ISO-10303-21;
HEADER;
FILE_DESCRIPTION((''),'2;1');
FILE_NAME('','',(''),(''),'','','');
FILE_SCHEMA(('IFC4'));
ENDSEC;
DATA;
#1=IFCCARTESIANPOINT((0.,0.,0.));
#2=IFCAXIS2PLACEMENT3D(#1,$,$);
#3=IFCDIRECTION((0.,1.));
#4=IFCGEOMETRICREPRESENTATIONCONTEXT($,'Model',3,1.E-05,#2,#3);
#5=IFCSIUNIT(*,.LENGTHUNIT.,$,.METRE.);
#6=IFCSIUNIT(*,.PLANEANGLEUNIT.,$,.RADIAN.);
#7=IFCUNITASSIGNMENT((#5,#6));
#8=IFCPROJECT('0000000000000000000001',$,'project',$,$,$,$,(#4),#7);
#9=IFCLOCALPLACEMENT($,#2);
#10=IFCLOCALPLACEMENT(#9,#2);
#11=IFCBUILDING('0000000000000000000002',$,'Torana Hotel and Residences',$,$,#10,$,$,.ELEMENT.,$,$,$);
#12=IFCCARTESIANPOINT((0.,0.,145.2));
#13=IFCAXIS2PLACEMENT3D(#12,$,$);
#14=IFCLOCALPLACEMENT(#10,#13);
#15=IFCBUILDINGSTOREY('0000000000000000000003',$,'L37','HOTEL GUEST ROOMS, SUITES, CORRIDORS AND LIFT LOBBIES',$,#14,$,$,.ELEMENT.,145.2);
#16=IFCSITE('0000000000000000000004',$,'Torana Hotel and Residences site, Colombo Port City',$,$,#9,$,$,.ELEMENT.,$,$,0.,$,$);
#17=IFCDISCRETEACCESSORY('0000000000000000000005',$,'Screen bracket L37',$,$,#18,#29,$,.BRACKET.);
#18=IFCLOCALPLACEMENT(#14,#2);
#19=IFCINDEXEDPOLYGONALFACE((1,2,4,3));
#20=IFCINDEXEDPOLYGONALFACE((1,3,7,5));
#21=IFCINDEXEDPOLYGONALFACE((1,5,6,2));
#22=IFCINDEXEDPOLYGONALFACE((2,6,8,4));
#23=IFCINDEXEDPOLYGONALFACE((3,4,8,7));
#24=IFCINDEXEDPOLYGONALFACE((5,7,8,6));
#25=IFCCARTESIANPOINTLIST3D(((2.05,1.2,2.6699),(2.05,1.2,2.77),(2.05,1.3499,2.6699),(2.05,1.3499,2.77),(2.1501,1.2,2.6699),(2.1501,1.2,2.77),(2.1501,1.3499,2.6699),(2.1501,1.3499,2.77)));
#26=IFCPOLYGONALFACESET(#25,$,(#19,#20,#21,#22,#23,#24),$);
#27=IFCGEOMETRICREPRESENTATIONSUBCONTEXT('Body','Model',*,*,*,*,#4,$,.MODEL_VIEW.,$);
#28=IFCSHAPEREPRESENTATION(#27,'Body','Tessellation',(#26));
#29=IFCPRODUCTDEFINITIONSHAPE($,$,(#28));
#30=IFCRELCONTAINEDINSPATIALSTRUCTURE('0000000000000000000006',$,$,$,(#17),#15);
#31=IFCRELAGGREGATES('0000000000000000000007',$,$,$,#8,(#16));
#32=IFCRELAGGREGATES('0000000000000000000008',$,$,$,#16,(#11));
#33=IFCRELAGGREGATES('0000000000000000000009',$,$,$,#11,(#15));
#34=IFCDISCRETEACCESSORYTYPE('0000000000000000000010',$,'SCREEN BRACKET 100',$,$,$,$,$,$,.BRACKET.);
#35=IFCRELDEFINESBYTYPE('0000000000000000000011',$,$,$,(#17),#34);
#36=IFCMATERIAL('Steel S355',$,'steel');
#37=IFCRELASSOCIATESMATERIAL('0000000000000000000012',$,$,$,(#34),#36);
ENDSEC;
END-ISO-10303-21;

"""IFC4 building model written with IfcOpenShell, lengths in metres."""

from ifc_helpers import new_model, si_unit, direction, frame, origin, origin_2d, place, context, subcontext, project, spatial, rectangle, extrude, material, type_object, element, save


model = new_model("IFC4")

# Units and contexts
model_context = context("Model", 3, precision=1e-05, world=origin(), true_north=direction((0.0, 1.0)))
body_context = subcontext(model_context, "Body", "Model", "MODEL_VIEW")
ifc_project = project(units=[si_unit("LENGTHUNIT", "METRE"), si_unit("PLANEANGLEUNIT", "RADIAN")], contexts=[model_context])

# Site, building, storey
site_placement = place(None, origin())
site = spatial("IfcSite", under=ifc_project, at=site_placement, Name="Torana Hotel and Residences site, Colombo Port City", CompositionType="ELEMENT", RefElevation=0.0)
building_placement = place(site_placement, origin())
building = spatial("IfcBuilding", under=site, at=building_placement, Name="Torana Hotel and Residences", CompositionType="ELEMENT")
storey_placement = place(building_placement, frame((0.0, 0.0, 145.2)))
storey = spatial("IfcBuildingStorey", under=building, at=storey_placement, Name="L37", Description="HOTEL GUEST ROOMS, SUITES, CORRIDORS AND LIFT LOBBIES", CompositionType="ELEMENT", Elevation=145.2)

# Discrete accessory
ifc_material_1 = material(Name="Steel S355", Category="steel")
discrete_accessory_type = type_object("IfcDiscreteAccessoryType", Name="SCREEN BRACKET 100", PredefinedType="BRACKET", material=ifc_material_1)
for number, where, z_axis, x_axis, name in (
    (1, (2.1001, 1.2749, 2.6699), (0.0, 0.0, 1.0), (-1.0, 0.0, 0.0), "Screen bracket L37"),
):
    element("IfcDiscreteAccessory", number, at=place(storey_placement, frame(where, z_axis=z_axis, x_axis=x_axis)), inside=storey, type_object=discrete_accessory_type, Name=name, PredefinedType="BRACKET", context=body_context, shape_type="SweptSolid", body=[
        extrude(rectangle(XDim=0.1001, YDim=0.1499, at=origin_2d()), origin(), (0.0, 0.0, 1.0), 0.1001),
    ])

save(model, "model.ifc")
